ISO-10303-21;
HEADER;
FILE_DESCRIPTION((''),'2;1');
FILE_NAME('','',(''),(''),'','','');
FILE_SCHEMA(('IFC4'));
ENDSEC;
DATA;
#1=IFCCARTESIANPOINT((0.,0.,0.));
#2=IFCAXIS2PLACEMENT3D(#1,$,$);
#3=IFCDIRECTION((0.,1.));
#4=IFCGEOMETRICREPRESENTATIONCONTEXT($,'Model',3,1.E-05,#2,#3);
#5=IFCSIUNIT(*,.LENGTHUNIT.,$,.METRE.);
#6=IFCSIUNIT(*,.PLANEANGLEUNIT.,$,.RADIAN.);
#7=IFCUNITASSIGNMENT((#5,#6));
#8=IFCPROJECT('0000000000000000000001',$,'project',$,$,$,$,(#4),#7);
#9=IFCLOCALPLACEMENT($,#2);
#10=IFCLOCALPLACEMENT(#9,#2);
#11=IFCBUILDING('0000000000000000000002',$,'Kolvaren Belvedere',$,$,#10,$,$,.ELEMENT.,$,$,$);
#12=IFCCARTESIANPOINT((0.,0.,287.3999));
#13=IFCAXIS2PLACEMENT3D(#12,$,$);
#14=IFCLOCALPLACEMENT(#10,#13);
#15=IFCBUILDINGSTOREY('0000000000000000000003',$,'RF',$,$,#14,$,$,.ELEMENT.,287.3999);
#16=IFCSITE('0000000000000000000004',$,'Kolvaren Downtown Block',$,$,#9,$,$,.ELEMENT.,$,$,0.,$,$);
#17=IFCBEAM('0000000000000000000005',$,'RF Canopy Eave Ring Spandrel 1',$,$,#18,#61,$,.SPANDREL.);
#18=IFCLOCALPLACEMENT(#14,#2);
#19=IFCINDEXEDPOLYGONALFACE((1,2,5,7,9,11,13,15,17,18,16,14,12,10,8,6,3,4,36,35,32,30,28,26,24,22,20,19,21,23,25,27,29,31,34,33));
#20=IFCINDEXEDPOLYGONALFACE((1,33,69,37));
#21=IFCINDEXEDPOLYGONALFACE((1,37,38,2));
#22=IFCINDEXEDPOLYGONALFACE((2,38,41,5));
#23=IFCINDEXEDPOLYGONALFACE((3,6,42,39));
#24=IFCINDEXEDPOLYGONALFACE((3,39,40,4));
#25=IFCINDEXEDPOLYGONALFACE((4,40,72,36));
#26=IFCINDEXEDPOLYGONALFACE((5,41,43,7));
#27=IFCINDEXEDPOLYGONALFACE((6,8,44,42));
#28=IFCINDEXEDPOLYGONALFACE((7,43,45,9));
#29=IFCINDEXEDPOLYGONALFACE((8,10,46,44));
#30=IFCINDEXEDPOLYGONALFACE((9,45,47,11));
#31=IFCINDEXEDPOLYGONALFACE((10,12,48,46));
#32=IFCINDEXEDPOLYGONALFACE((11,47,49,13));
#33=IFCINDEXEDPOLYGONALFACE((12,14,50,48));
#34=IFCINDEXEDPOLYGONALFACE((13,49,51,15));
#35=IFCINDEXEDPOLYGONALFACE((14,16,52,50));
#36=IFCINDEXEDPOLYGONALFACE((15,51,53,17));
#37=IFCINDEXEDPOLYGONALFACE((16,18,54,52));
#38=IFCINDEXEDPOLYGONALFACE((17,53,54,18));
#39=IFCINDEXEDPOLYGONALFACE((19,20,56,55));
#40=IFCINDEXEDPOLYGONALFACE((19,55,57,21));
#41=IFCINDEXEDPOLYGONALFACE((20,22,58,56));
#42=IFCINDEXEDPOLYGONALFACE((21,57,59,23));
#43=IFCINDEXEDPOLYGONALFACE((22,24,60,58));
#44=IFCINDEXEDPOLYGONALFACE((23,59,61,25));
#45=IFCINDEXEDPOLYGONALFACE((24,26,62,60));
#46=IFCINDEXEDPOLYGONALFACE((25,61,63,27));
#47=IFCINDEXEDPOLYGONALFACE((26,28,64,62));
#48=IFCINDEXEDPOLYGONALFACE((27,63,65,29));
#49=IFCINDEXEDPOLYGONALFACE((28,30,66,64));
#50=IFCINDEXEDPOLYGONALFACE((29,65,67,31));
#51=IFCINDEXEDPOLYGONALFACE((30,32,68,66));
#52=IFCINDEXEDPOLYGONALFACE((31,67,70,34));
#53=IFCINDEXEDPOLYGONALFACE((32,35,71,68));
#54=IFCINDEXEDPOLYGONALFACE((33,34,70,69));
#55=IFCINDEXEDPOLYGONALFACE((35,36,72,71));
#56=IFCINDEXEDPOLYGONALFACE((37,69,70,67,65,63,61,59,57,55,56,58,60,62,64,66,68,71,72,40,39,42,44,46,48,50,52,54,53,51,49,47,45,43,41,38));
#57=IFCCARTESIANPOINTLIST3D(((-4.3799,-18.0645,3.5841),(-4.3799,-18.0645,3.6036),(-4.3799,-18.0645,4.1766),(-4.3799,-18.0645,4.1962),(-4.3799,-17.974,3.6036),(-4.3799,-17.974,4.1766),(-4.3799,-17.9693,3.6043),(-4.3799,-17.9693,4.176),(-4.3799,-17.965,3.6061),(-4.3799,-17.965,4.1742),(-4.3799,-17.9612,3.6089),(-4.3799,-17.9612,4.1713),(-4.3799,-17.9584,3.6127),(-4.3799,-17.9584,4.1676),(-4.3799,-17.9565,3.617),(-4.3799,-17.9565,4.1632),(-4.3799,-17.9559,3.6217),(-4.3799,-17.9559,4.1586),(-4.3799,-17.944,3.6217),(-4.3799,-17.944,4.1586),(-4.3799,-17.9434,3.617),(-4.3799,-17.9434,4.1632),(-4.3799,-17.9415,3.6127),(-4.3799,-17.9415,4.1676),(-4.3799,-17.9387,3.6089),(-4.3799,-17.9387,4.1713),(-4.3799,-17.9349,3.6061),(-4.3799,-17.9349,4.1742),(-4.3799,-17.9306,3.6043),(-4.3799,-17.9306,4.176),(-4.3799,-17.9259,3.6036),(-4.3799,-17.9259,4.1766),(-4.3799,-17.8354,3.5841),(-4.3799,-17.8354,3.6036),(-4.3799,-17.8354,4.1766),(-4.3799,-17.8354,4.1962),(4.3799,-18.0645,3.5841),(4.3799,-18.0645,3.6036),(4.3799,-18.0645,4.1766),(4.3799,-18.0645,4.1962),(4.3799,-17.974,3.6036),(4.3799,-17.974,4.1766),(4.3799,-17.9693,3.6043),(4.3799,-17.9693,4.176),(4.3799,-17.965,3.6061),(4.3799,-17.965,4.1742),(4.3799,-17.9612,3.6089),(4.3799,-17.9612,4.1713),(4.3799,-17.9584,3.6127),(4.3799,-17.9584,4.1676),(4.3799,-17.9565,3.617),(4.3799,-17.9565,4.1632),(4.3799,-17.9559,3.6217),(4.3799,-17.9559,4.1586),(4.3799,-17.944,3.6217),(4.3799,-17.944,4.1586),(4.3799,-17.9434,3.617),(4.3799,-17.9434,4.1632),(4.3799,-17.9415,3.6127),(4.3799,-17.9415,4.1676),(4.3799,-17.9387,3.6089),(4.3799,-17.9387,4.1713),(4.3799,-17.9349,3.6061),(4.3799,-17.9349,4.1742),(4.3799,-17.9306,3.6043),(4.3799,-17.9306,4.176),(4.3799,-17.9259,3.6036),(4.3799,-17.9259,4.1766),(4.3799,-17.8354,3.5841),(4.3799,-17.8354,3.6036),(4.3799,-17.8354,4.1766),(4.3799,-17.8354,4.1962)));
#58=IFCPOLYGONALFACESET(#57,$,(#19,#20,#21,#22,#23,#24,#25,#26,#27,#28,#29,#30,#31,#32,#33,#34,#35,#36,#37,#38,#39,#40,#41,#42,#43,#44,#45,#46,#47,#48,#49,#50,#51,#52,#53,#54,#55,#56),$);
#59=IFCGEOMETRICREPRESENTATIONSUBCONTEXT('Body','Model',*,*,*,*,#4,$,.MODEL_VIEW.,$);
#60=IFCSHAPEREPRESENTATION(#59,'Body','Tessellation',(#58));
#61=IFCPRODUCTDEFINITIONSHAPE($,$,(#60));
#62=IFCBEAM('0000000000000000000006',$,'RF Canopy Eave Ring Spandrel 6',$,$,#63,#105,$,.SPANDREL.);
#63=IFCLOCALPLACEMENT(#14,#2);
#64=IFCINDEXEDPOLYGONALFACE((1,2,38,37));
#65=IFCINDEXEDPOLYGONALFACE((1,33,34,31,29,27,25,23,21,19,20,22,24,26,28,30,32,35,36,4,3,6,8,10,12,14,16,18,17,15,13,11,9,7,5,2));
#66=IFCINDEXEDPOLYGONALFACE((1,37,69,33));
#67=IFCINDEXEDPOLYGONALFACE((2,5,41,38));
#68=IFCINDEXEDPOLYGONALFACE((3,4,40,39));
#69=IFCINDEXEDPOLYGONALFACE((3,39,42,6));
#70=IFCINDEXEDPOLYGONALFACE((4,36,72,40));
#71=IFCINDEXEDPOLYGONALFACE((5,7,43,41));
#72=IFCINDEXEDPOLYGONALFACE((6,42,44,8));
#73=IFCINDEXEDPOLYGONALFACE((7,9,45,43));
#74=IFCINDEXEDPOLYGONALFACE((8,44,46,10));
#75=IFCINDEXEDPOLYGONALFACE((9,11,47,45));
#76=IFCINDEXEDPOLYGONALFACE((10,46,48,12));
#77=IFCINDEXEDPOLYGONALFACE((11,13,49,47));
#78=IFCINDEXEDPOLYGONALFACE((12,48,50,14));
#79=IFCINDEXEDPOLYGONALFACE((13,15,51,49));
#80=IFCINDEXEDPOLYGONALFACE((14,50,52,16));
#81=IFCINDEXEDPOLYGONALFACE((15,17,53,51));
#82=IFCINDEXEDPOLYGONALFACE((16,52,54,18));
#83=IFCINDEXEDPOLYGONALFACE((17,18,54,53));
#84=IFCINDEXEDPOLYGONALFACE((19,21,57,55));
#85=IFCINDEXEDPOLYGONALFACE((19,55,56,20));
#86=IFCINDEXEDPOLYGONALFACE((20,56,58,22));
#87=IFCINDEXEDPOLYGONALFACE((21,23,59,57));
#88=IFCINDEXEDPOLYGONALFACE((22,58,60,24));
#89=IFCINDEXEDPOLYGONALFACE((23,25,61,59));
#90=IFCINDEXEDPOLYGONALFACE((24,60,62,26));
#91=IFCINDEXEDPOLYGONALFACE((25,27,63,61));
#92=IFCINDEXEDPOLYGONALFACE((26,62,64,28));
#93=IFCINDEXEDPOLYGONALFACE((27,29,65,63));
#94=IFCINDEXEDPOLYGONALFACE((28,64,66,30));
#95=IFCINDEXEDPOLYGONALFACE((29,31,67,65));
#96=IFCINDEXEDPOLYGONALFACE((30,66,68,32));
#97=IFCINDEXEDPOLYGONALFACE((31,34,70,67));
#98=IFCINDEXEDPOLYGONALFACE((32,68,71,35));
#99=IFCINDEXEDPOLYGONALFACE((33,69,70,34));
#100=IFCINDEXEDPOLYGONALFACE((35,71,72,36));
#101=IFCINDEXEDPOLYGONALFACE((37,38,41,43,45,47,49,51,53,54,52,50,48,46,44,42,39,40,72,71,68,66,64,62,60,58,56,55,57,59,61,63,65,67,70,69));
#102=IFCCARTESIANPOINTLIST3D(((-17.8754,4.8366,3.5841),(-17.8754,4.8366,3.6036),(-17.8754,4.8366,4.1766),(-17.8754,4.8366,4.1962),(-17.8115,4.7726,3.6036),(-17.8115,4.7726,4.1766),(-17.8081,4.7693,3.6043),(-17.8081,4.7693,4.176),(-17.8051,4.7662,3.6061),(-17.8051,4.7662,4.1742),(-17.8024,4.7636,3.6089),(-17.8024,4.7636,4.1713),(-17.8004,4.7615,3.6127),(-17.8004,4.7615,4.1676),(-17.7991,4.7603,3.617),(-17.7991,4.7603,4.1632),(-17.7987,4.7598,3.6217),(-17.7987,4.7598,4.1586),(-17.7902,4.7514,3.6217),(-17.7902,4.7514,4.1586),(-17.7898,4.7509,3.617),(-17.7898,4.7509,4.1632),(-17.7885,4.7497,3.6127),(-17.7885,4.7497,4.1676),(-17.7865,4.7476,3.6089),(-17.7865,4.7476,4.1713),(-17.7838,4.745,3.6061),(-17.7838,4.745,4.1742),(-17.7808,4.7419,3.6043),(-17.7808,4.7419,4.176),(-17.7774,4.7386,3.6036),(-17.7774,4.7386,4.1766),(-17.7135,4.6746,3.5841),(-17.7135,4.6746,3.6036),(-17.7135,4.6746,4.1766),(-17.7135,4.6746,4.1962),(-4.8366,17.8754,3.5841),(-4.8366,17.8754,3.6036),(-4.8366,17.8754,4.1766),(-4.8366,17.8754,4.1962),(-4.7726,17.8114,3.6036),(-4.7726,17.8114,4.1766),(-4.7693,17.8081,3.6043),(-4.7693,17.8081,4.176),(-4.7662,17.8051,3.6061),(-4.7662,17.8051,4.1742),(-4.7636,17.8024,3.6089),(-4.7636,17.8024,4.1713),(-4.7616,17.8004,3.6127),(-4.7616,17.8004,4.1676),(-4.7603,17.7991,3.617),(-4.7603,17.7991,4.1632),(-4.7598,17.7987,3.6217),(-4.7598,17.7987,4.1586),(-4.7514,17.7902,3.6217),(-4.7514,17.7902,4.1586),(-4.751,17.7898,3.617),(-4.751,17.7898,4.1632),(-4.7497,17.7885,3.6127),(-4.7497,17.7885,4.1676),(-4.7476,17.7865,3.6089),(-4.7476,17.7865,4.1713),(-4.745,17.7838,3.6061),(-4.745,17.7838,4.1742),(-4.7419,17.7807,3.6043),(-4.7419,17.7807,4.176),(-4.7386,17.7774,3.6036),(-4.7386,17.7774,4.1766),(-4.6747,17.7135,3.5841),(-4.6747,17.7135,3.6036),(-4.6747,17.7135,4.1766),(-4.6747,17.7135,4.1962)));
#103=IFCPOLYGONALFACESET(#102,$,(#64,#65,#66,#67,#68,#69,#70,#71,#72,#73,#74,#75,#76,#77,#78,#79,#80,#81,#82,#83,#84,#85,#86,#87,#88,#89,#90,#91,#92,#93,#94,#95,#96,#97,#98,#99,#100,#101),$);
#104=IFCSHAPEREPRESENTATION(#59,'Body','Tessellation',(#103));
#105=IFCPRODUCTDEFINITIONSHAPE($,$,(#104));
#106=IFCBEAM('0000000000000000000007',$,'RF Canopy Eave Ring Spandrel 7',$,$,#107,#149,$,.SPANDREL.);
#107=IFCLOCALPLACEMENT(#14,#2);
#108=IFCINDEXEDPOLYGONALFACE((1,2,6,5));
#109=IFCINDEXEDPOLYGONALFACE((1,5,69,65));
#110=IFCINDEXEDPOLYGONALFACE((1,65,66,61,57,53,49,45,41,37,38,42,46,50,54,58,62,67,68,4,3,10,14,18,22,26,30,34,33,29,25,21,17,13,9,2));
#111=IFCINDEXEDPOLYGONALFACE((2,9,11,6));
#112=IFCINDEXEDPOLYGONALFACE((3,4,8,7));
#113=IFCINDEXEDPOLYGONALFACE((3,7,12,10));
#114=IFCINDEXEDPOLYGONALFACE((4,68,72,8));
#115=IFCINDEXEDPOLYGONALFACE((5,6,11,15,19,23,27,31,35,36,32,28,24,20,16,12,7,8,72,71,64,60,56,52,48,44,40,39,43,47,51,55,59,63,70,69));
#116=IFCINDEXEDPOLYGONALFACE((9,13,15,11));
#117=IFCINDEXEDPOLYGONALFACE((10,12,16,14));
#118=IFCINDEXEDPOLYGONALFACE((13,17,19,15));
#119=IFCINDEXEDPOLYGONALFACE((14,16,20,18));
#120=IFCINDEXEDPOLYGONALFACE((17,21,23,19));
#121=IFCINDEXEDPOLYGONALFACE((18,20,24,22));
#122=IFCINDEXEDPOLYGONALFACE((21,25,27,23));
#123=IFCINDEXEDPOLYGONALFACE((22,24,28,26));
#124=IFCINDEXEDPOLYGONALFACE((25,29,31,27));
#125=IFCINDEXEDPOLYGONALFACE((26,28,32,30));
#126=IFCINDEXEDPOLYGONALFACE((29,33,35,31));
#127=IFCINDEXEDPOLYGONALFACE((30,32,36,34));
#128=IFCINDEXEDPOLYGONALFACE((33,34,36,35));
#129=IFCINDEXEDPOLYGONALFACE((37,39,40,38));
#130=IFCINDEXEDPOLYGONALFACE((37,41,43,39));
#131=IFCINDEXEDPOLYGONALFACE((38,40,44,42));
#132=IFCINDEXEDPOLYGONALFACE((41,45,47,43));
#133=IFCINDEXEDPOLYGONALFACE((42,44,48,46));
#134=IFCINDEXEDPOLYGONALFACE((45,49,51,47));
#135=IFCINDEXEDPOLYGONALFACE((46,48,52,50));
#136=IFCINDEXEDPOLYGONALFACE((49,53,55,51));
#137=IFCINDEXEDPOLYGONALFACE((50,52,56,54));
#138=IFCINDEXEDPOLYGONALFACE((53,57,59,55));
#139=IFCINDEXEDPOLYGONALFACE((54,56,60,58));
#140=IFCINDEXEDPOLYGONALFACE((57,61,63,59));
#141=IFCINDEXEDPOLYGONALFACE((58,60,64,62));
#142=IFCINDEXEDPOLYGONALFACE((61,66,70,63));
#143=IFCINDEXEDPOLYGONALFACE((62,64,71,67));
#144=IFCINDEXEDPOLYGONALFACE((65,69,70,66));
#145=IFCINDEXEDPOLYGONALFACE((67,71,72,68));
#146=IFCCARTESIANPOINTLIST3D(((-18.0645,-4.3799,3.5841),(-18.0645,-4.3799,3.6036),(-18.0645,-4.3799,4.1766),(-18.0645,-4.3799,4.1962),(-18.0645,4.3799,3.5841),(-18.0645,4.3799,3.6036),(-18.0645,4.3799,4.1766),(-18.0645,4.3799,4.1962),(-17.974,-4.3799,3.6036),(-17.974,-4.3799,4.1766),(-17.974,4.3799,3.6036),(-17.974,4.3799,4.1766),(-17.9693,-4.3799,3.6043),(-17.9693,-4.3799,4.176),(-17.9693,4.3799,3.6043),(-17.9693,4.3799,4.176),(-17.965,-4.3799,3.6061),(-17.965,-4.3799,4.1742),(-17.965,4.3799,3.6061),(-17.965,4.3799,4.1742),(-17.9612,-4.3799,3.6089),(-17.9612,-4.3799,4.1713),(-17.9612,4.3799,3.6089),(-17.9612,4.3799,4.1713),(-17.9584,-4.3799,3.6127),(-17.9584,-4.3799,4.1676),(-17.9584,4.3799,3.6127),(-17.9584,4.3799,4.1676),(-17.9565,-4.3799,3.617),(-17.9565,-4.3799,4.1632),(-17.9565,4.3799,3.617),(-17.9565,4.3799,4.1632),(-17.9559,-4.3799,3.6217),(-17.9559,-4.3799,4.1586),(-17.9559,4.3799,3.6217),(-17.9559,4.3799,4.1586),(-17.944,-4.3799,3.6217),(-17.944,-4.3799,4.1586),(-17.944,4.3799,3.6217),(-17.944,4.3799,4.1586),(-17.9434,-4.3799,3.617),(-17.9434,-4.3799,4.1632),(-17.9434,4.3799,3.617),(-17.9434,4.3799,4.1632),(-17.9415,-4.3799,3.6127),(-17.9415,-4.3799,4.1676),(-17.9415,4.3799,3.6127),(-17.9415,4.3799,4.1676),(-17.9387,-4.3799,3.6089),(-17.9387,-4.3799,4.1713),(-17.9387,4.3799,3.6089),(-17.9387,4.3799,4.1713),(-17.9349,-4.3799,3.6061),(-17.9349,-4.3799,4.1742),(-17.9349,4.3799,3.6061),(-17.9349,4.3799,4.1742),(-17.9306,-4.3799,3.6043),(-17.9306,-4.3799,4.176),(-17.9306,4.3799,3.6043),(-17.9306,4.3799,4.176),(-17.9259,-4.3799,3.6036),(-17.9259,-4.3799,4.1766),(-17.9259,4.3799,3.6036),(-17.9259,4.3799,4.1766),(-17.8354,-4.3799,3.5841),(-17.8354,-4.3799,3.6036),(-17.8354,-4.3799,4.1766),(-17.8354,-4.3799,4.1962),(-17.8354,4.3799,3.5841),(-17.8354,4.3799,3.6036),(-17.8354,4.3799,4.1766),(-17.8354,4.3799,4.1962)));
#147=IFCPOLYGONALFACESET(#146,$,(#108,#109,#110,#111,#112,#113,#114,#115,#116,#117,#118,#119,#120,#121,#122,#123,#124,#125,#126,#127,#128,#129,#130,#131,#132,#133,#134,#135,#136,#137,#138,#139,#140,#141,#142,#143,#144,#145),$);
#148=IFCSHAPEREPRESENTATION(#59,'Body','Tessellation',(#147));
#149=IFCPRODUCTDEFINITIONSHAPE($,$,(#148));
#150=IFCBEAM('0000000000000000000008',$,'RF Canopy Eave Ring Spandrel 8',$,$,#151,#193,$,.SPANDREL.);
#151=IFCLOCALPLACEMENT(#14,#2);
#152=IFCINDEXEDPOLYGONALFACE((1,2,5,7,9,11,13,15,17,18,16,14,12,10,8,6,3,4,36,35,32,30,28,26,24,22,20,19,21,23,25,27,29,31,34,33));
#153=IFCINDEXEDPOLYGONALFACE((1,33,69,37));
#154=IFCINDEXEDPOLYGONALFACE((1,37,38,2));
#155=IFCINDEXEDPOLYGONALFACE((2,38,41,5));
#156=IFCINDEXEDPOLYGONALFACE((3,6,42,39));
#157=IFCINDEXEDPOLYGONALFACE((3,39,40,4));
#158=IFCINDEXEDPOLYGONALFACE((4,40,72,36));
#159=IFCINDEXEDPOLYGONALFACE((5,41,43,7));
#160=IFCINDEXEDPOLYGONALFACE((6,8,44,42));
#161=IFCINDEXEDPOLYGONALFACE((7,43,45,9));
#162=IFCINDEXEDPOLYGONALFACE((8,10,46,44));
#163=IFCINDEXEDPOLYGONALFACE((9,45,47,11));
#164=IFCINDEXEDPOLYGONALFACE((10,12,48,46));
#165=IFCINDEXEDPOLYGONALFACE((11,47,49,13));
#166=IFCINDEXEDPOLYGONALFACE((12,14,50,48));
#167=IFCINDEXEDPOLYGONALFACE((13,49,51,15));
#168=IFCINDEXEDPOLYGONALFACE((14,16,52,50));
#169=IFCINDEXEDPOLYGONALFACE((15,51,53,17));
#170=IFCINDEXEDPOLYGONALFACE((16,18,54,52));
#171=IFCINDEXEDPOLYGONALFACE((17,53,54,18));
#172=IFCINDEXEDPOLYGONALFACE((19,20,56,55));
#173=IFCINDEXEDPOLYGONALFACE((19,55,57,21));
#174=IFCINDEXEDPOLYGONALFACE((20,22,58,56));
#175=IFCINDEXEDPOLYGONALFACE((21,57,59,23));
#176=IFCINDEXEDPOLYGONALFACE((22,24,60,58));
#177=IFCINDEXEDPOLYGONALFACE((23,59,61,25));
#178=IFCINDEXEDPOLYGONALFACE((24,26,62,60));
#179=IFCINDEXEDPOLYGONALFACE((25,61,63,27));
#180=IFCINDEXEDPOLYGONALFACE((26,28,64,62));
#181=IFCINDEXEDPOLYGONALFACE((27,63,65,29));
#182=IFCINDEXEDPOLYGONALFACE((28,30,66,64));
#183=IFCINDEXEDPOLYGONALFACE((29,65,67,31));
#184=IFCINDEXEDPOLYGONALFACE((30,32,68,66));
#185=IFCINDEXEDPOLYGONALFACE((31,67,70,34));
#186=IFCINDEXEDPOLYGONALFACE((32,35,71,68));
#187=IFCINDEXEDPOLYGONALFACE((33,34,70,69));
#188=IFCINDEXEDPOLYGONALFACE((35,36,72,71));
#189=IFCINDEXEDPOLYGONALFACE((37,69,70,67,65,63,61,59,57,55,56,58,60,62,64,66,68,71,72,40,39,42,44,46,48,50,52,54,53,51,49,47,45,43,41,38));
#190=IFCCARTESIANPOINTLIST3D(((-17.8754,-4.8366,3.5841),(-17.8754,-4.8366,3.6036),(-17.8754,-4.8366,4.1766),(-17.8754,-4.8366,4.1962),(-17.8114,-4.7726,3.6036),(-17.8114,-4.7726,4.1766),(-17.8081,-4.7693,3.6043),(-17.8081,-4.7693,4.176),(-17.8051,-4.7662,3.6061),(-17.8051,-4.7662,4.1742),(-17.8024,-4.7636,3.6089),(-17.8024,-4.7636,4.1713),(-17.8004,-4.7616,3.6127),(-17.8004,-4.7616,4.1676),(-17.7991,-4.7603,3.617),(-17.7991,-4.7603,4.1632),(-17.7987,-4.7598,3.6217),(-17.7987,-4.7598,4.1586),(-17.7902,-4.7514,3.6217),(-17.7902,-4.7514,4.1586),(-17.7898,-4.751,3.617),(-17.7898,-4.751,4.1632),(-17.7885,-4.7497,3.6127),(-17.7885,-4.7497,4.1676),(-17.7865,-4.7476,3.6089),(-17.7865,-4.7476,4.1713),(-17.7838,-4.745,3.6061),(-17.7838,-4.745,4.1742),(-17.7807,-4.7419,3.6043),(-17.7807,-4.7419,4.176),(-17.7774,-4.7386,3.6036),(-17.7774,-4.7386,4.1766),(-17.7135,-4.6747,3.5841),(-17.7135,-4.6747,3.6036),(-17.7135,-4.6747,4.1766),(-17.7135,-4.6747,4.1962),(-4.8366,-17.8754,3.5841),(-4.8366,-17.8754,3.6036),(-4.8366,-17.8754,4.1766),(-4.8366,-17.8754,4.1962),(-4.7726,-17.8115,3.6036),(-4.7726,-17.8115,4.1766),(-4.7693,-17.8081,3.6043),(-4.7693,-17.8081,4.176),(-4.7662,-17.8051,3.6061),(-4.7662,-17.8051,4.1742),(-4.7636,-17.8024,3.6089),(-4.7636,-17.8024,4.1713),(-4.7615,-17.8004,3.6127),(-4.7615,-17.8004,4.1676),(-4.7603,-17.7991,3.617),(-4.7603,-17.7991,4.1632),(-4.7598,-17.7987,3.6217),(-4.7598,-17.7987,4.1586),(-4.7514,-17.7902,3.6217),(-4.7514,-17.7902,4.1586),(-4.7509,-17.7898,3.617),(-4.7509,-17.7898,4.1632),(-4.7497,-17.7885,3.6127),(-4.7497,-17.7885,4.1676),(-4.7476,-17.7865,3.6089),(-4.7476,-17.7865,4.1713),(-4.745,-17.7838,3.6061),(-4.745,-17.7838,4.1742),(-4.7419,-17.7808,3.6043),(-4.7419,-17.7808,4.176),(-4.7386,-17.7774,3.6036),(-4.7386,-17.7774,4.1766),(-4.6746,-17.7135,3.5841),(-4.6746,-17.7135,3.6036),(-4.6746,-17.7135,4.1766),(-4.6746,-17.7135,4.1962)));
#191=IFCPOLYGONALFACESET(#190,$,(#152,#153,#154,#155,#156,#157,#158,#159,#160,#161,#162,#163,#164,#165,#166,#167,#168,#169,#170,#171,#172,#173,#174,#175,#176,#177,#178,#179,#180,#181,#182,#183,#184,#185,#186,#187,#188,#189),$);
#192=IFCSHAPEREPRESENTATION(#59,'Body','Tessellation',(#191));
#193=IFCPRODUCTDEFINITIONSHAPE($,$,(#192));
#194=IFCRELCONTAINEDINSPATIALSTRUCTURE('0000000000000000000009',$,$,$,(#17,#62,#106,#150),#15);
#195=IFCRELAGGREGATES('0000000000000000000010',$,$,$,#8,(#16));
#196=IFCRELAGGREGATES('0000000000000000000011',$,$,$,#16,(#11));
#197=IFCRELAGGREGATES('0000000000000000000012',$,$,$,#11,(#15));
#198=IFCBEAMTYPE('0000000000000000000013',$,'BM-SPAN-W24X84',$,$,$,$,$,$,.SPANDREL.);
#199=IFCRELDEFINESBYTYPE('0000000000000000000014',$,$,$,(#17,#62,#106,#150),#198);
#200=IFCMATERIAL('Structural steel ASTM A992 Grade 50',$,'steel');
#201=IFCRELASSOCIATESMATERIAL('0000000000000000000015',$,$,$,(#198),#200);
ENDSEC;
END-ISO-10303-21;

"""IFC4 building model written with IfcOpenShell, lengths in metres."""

from ifc_helpers import new_model, si_unit, direction, frame, origin, origin_2d, place, context, subcontext, project, spatial, i_section, extrude, material, material_profile, profile_set, type_object, element, save


model = new_model("IFC4")

# Units and contexts
model_context = context("Model", 3, precision=1e-05, world=origin(), true_north=direction((0.0, 1.0)))
body_context = subcontext(model_context, "Body", "Model", "MODEL_VIEW")
ifc_project = project(units=[si_unit("LENGTHUNIT", "METRE"), si_unit("PLANEANGLEUNIT", "RADIAN")], contexts=[model_context])

# Site, building, storey
site_placement = place(None, origin())
site = spatial("IfcSite", under=ifc_project, at=site_placement, Name="Kolvaren Downtown Block", CompositionType="ELEMENT", RefElevation=0.0)
building_placement = place(site_placement, origin())
building = spatial("IfcBuilding", under=site, at=building_placement, Name="Kolvaren Belvedere", CompositionType="ELEMENT")
storey_placement = place(building_placement, frame((0.0, 0.0, 287.3999)))
storey = spatial("IfcBuildingStorey", under=building, at=storey_placement, Name="RF", CompositionType="ELEMENT", Elevation=287.3999)

# Beams
ifc_material_1 = material(Name="Structural steel ASTM A992 Grade 50", Category="steel")
ifc_material_profile_1 = material_profile(ifc_material_1, i_section(OverallWidth=0.229, OverallDepth=0.6121, WebThickness=0.012, FlangeThickness=0.0195, FilletRadius=0.0181, at=origin_2d()), Name="W24X84")
ifc_profile_set_1 = profile_set([ifc_material_profile_1], Name="Structural steel ASTM A992 Grade 50")
beam_type_1 = type_object("IfcBeamType", Name="BM-SPAN-W24X84", PredefinedType="SPANDREL", material=ifc_profile_set_1)
beam_1_placement = place(storey_placement, frame((-4.3799, -17.95, 3.8901), z_axis=(1.0, 0.0, 0.0), x_axis=(0.0, 1.0, 0.0)))
element("IfcBeam", 1, at=beam_1_placement, inside=storey, type_object=beam_type_1, Name="RF Canopy Eave Ring Spandrel 1", PredefinedType="SPANDREL", context=body_context, shape_type="SweptSolid", body=[
    extrude(i_section(OverallWidth=0.229, OverallDepth=0.6121, WebThickness=0.012, FlangeThickness=0.0195, FilletRadius=0.0181, at=origin_2d()), origin(), (0.0, 0.0, 1.0), 8.7598),
])
beam_2_placement = place(storey_placement, frame((-4.7556, 17.7944, 3.8901), z_axis=(-0.707107, -0.707107, 0.0), x_axis=(0.707107, -0.707107, 0.0)))
element("IfcBeam", 2, at=beam_2_placement, inside=storey, type_object=beam_type_1, Name="RF Canopy Eave Ring Spandrel 6", PredefinedType="SPANDREL", context=body_context, shape_type="SweptSolid", body=[
    extrude(i_section(OverallWidth=0.229, OverallDepth=0.6121, WebThickness=0.012, FlangeThickness=0.0195, FilletRadius=0.0181, at=origin_2d()), origin(), (0.0, 0.0, 1.0), 18.4397),
])
beam_3_placement = place(storey_placement, frame((-17.95, 4.3799, 3.8901), z_axis=(0.0, -1.0, 0.0), x_axis=(1.0, 0.0, 0.0)))
element("IfcBeam", 3, at=beam_3_placement, inside=storey, type_object=beam_type_1, Name="RF Canopy Eave Ring Spandrel 7", PredefinedType="SPANDREL", context=body_context, shape_type="SweptSolid", body=[
    extrude(i_section(OverallWidth=0.229, OverallDepth=0.6121, WebThickness=0.012, FlangeThickness=0.0195, FilletRadius=0.0181, at=origin_2d()), origin(), (0.0, 0.0, 1.0), 8.7598),
])
beam_4_placement = place(storey_placement, frame((-17.7944, -4.7556, 3.8901), z_axis=(0.707107, -0.707107, 0.0), x_axis=(0.707107, 0.707107, 0.0)))
element("IfcBeam", 4, at=beam_4_placement, inside=storey, type_object=beam_type_1, Name="RF Canopy Eave Ring Spandrel 8", PredefinedType="SPANDREL", context=body_context, shape_type="SweptSolid", body=[
    extrude(i_section(OverallWidth=0.229, OverallDepth=0.6121, WebThickness=0.012, FlangeThickness=0.0195, FilletRadius=0.0181, at=origin_2d()), origin(), (0.0, 0.0, 1.0), 18.4397),
])

save(model, "model.ifc")
